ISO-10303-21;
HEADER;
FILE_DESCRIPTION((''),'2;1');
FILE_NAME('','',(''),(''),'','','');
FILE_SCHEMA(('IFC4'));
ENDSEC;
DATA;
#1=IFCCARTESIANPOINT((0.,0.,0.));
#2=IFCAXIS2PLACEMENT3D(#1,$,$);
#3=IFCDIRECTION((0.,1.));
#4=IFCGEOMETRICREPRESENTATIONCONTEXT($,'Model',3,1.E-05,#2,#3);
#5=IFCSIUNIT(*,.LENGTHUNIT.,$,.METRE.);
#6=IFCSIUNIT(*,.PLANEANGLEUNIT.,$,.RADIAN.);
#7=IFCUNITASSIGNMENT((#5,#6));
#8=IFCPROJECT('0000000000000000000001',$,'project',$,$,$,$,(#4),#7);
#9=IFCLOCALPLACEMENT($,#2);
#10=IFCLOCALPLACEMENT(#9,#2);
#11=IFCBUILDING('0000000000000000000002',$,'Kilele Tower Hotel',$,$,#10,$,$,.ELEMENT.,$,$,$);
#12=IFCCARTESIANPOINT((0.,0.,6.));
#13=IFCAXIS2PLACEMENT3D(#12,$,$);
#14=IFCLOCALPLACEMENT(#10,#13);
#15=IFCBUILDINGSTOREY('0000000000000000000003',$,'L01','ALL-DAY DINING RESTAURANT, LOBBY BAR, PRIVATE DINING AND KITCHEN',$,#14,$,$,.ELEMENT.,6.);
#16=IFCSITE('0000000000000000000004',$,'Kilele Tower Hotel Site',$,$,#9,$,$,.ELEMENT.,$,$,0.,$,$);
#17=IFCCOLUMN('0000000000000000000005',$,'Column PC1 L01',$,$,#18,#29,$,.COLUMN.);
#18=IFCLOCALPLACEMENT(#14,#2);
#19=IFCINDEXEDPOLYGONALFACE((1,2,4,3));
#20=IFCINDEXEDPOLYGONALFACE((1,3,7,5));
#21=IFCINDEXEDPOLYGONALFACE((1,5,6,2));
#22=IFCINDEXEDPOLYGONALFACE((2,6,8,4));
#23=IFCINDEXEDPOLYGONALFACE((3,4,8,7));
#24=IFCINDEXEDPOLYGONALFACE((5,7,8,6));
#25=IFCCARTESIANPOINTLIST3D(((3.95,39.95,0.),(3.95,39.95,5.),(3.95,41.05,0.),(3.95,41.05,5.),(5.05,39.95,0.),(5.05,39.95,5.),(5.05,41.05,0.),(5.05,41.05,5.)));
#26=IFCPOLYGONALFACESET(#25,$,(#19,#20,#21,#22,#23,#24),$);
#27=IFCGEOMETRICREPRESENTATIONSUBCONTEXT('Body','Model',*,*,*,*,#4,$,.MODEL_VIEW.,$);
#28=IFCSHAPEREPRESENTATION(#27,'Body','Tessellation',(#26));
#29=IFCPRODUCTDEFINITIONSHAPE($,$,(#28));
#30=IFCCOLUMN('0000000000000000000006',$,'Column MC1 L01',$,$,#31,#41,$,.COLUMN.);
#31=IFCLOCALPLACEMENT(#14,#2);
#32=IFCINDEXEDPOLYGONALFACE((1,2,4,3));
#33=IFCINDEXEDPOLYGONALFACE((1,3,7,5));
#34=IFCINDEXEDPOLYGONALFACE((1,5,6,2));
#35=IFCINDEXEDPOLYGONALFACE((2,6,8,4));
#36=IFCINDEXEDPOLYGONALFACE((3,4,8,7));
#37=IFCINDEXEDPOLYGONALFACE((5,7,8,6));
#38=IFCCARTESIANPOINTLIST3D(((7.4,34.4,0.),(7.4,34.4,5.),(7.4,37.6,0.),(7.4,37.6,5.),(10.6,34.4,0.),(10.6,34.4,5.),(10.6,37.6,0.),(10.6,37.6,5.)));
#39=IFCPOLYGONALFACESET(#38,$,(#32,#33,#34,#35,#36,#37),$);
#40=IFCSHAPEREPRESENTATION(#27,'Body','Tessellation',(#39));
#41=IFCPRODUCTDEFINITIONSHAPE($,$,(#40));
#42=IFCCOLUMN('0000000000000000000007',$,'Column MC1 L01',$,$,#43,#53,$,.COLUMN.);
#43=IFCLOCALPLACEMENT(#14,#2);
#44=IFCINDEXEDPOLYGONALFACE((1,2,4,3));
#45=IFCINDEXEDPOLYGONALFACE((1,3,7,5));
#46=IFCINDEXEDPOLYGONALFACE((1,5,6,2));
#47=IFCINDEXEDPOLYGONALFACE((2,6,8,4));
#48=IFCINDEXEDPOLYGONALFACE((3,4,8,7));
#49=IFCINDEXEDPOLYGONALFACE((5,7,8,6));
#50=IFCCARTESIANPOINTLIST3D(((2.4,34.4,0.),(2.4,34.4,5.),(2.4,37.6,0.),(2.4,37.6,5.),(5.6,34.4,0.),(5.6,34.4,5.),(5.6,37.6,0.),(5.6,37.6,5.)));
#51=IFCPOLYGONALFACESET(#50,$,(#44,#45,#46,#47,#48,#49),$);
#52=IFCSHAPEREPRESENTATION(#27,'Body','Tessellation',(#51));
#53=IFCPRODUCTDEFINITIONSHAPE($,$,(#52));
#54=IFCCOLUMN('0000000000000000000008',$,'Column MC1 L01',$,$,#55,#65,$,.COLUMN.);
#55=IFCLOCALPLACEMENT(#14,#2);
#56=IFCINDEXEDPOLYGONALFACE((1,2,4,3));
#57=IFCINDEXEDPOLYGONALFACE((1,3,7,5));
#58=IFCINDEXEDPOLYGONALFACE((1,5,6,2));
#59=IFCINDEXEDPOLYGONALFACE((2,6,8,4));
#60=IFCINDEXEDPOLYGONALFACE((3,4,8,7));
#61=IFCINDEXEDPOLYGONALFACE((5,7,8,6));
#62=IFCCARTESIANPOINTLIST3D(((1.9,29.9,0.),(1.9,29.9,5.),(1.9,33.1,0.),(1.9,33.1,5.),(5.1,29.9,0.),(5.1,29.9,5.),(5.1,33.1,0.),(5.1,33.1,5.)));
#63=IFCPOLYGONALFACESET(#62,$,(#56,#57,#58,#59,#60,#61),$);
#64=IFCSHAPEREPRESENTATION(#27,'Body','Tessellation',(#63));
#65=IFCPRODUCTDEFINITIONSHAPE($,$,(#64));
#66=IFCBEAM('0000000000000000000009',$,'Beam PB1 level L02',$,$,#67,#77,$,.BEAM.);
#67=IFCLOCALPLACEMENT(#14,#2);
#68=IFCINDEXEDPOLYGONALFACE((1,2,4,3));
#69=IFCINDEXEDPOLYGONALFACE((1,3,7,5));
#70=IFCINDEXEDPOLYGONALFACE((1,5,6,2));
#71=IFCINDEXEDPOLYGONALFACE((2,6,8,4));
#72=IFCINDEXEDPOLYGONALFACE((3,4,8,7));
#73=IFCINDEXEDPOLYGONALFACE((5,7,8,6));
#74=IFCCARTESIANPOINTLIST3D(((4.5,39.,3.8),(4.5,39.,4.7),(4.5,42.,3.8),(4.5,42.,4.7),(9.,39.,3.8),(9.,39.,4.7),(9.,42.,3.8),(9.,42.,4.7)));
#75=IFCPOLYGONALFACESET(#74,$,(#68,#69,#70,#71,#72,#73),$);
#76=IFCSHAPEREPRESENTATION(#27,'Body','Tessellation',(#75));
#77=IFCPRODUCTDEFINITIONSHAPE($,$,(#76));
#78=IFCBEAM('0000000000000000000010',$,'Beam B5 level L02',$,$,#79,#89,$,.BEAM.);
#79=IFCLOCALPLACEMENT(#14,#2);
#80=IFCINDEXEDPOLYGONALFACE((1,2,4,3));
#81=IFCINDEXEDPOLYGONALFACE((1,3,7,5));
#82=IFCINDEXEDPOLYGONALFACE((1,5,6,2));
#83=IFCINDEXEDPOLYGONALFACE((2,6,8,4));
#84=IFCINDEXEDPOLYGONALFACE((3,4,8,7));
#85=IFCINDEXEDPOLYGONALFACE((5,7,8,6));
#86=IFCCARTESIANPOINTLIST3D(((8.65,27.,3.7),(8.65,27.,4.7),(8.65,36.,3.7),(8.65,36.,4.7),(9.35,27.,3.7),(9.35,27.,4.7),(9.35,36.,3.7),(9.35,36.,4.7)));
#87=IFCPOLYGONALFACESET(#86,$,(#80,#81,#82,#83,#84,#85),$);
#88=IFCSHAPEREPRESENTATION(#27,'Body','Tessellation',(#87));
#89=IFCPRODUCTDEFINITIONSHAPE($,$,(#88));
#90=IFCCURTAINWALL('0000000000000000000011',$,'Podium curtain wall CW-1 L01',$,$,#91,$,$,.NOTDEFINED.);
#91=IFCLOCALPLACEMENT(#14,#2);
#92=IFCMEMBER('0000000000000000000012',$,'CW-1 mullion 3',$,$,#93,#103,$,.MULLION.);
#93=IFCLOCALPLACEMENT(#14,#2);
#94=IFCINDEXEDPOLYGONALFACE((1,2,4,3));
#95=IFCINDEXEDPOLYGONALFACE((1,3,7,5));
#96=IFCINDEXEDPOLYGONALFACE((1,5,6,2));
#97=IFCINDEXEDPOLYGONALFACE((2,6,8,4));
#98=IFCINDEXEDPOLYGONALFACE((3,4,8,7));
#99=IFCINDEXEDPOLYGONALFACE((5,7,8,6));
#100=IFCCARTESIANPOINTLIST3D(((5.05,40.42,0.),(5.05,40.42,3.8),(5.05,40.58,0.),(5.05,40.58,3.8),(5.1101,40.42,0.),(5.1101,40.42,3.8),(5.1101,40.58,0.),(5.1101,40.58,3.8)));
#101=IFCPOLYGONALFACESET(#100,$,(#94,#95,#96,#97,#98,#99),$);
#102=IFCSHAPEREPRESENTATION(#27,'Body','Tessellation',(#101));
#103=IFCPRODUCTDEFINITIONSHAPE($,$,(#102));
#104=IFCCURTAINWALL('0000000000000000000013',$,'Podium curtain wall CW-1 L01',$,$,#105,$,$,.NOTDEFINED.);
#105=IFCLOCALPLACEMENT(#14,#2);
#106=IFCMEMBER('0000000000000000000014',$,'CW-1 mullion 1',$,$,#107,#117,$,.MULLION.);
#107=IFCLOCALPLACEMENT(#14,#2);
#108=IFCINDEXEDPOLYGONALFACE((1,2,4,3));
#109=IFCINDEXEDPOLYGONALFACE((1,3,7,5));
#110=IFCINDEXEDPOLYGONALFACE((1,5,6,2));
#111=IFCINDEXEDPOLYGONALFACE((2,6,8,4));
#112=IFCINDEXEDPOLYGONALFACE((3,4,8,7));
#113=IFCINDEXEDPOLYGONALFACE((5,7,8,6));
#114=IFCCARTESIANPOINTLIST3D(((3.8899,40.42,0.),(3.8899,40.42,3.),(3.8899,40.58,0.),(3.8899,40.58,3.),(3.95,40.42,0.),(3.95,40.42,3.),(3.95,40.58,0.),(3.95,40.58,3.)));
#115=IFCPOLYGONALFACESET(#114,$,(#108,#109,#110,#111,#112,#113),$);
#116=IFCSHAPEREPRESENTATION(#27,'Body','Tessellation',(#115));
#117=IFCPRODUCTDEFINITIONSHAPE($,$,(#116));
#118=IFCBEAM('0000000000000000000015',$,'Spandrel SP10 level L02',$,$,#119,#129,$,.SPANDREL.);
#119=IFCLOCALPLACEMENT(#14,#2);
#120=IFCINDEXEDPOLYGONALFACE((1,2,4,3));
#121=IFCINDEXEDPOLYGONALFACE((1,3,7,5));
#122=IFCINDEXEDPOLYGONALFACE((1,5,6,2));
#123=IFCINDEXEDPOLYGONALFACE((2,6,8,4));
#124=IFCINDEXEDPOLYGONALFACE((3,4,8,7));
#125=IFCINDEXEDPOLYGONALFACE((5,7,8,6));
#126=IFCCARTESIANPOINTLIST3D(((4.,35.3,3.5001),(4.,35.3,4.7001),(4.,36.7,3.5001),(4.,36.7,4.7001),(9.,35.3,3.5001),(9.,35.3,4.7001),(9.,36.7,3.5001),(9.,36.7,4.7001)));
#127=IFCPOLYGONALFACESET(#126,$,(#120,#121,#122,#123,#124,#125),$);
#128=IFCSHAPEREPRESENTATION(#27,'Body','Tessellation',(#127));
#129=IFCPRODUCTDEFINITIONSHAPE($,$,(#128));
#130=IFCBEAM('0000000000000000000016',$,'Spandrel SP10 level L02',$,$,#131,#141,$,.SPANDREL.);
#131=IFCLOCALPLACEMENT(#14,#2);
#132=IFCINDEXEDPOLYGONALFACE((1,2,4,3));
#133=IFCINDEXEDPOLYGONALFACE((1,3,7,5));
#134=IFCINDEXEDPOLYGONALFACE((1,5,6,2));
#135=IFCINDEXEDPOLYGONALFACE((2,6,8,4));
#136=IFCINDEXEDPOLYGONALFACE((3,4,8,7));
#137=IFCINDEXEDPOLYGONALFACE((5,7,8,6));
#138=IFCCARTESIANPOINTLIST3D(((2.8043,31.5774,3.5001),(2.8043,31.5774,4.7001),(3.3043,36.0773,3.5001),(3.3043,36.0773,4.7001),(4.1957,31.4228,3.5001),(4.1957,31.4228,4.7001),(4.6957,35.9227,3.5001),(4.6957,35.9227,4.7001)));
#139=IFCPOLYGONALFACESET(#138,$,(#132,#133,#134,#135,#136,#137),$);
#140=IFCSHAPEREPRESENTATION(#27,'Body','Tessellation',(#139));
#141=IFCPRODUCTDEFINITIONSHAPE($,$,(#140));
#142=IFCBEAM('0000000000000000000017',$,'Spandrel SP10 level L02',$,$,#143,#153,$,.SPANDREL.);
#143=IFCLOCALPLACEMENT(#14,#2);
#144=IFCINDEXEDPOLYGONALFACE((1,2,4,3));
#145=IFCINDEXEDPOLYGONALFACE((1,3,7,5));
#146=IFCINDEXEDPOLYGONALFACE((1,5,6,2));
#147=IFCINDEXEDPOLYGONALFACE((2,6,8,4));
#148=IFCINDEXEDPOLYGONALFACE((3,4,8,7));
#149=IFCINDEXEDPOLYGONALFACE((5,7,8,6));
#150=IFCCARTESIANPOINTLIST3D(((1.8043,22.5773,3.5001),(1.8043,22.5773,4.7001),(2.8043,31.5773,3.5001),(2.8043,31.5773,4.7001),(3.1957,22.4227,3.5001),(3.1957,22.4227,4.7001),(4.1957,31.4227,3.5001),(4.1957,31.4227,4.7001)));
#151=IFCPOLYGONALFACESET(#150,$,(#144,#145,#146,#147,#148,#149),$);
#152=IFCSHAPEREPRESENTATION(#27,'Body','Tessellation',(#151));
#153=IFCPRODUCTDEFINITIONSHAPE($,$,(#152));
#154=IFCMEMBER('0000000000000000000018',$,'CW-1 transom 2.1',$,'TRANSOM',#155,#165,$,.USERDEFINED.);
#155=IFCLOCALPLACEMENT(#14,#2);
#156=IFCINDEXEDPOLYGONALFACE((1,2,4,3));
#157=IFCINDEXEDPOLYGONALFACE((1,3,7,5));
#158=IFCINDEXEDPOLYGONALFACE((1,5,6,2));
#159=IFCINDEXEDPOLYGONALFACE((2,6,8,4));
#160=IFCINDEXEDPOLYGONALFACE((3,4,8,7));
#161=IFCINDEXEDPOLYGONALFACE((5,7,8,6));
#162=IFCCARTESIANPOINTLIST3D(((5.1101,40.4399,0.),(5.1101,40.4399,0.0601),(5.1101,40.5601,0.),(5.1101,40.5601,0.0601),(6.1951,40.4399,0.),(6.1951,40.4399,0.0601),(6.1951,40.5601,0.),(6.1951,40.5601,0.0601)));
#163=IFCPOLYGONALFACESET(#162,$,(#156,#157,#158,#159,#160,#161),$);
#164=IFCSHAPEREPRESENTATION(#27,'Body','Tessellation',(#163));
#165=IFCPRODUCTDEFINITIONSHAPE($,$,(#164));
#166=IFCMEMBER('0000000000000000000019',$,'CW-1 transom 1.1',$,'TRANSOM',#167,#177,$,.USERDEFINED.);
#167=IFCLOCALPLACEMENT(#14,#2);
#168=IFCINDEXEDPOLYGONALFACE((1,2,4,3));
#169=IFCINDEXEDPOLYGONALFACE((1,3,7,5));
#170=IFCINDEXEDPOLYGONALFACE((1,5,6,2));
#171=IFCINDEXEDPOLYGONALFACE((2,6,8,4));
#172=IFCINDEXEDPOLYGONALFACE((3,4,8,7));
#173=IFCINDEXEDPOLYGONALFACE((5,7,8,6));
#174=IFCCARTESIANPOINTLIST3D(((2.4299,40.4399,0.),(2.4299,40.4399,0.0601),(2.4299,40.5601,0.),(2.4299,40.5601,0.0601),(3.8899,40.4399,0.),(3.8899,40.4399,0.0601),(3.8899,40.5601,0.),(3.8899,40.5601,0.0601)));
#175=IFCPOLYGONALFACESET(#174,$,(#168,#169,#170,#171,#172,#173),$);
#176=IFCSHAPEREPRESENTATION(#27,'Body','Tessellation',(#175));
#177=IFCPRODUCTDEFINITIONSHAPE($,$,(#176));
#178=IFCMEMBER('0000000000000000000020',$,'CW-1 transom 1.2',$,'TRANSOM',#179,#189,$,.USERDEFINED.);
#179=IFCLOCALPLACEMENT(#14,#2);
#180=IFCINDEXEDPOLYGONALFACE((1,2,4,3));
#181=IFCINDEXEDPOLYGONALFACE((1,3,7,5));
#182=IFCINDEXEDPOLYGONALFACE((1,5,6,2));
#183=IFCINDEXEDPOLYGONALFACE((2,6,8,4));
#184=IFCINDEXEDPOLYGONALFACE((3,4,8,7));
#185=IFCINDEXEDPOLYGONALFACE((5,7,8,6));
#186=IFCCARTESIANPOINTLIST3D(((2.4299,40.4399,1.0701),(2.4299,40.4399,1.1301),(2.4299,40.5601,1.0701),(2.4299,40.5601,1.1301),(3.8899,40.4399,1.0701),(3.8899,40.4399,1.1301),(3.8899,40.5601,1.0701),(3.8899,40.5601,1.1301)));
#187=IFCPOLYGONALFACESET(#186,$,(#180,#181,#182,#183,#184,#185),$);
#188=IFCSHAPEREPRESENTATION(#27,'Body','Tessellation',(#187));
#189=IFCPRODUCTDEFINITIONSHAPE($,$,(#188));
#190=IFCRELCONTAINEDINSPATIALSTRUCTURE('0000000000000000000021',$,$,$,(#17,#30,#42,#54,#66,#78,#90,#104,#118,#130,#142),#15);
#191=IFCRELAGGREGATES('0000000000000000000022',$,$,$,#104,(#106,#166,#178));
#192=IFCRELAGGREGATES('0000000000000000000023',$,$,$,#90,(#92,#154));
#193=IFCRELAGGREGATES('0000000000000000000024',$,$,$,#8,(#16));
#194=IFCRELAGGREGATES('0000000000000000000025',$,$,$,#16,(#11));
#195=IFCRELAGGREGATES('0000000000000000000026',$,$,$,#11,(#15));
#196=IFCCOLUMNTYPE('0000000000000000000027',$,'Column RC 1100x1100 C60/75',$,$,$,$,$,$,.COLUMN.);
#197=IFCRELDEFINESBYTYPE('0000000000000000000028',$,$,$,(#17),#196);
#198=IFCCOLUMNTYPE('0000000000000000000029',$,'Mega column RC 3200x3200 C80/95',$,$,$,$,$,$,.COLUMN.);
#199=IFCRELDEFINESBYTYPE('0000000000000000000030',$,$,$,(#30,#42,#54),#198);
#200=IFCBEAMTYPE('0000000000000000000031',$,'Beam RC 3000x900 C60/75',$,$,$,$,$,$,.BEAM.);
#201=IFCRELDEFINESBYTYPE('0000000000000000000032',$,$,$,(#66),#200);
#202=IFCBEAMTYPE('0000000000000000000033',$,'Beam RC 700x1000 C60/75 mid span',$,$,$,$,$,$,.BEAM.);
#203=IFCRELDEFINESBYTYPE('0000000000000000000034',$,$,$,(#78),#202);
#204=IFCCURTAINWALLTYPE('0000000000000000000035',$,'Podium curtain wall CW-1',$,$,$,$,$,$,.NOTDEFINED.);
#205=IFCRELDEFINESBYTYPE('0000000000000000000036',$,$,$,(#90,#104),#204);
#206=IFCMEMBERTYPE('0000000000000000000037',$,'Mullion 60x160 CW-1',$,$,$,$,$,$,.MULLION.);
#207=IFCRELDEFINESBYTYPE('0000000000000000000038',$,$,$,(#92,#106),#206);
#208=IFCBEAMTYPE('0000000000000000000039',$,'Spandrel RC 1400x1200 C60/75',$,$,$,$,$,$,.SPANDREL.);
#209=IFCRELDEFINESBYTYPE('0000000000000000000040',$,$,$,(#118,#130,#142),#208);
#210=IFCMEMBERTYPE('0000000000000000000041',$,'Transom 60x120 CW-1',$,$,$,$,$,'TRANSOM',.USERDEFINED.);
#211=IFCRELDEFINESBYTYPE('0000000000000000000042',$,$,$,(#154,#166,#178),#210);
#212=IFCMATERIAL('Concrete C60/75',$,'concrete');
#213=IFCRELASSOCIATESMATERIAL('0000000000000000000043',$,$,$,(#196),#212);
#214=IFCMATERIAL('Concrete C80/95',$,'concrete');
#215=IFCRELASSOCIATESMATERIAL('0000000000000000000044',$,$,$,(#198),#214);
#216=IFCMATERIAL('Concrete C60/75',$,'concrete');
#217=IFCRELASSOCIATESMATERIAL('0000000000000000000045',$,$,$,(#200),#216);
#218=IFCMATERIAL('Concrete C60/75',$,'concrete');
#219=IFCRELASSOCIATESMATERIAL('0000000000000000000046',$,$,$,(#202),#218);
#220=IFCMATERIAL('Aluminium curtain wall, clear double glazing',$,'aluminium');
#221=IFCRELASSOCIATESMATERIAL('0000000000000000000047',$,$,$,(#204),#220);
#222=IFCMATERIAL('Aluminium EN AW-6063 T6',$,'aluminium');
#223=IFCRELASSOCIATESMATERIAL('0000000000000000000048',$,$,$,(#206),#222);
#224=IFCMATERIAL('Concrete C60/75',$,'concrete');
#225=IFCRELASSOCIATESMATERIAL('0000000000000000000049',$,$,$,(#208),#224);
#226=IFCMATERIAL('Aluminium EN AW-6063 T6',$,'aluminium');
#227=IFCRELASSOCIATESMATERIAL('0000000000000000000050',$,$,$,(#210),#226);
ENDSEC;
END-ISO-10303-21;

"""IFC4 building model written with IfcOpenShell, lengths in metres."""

from ifc_helpers import new_model, si_unit, direction, frame, origin, origin_2d, place, context, subcontext, project, spatial, rectangle, extrude, material, material_profile, profile_set, type_object, element, aggregate, save


model = new_model("IFC4")

# Units and contexts
model_context = context("Model", 3, precision=1e-05, world=origin(), true_north=direction((0.0, 1.0)))
body_context = subcontext(model_context, "Body", "Model", "MODEL_VIEW")
ifc_project = project(units=[si_unit("LENGTHUNIT", "METRE"), si_unit("PLANEANGLEUNIT", "RADIAN")], contexts=[model_context])

# Site, building, storey
site_placement = place(None, origin())
site = spatial("IfcSite", under=ifc_project, at=site_placement, Name="Kilele Tower Hotel Site", CompositionType="ELEMENT", RefElevation=0.0)
building_placement = place(site_placement, origin())
building = spatial("IfcBuilding", under=site, at=building_placement, Name="Kilele Tower Hotel", CompositionType="ELEMENT")
storey_placement = place(building_placement, frame((0.0, 0.0, 6.0)))
storey = spatial("IfcBuildingStorey", under=building, at=storey_placement, Name="L01", Description="ALL-DAY DINING RESTAURANT, LOBBY BAR, PRIVATE DINING AND KITCHEN", CompositionType="ELEMENT", Elevation=6.0)

# Columns
ifc_material_1 = material(Name="Concrete C60/75", Category="concrete")
ifc_material_profile_1 = material_profile(ifc_material_1, rectangle(XDim=1.1001, YDim=1.1001, at=origin_2d()))
ifc_profile_set_1 = profile_set([ifc_material_profile_1], Name="Concrete C60/75")
column_type_1 = type_object("IfcColumnType", Name="Column RC 1100x1100 C60/75", PredefinedType="COLUMN", material=ifc_profile_set_1)
column_placement = place(storey_placement, frame((4.5, 40.5, 0.0), z_axis=(0.0, 0.0, 1.0), x_axis=(1.0, 0.0, 0.0)))
element("IfcColumn", 1, at=column_placement, inside=storey, type_object=column_type_1, Name="Column PC1 L01", PredefinedType="COLUMN", context=body_context, shape_type="SweptSolid", body=[
    extrude(rectangle(XDim=1.1001, YDim=1.1001, at=origin_2d()), origin(), (0.0, 0.0, 1.0), 5.0),
])
ifc_material_2 = material(Name="Concrete C80/95", Category="concrete")
ifc_material_profile_2 = material_profile(ifc_material_2, rectangle(XDim=3.2, YDim=3.2, at=origin_2d()))
ifc_profile_set_2 = profile_set([ifc_material_profile_2], Name="Concrete C80/95")
column_type_2 = type_object("IfcColumnType", Name="Mega column RC 3200x3200 C80/95", PredefinedType="COLUMN", material=ifc_profile_set_2)
for number, where, z_axis, x_axis, name in (
    (2, (9.0, 36.0, 0.0), (0.0, 0.0, 1.0), (1.0, 0.0, 0.0), "Column MC1 L01"),
    (3, (4.0, 36.0, 0.0), (0.0, 0.0, 1.0), (1.0, 0.0, 0.0), "Column MC1 L01"),
    (4, (3.5, 31.5, 0.0), (0.0, 0.0, 1.0), (1.0, 0.0, 0.0), "Column MC1 L01"),
):
    element("IfcColumn", number, at=place(storey_placement, frame(where, z_axis=z_axis, x_axis=x_axis)), inside=storey, type_object=column_type_2, Name=name, PredefinedType="COLUMN", context=body_context, shape_type="SweptSolid", body=[
        extrude(rectangle(XDim=3.2, YDim=3.2, at=origin_2d()), origin(), (0.0, 0.0, 1.0), 5.0),
    ])

# Beams
ifc_material_3 = material(Name="Concrete C60/75", Category="concrete")
ifc_material_profile_3 = material_profile(ifc_material_3, rectangle(XDim=3.0, YDim=0.8999, at=origin_2d()))
ifc_profile_set_3 = profile_set([ifc_material_profile_3], Name="Concrete C60/75")
beam_type_1 = type_object("IfcBeamType", Name="Beam RC 3000x900 C60/75", PredefinedType="BEAM", material=ifc_profile_set_3)
beam_1_placement = place(storey_placement, frame((4.5, 40.5, 4.25), z_axis=(1.0, 0.0, 0.0), x_axis=(0.0, 1.0, 0.0)))
element("IfcBeam", 5, at=beam_1_placement, inside=storey, type_object=beam_type_1, Name="Beam PB1 level L02", PredefinedType="BEAM", context=body_context, shape_type="SweptSolid", body=[
    extrude(rectangle(XDim=3.0, YDim=0.8999, at=origin_2d()), origin(), (0.0, 0.0, 1.0), 4.5),
])
ifc_material_4 = material(Name="Concrete C60/75", Category="concrete")
ifc_material_profile_4 = material_profile(ifc_material_4, rectangle(XDim=0.7, YDim=1.0, at=origin_2d()))
ifc_profile_set_4 = profile_set([ifc_material_profile_4], Name="Concrete C60/75")
beam_type_2 = type_object("IfcBeamType", Name="Beam RC 700x1000 C60/75 mid span", PredefinedType="BEAM", material=ifc_profile_set_4)
beam_2_placement = place(storey_placement, frame((9.0, 36.0, 4.2), z_axis=(0.0, -1.0, 0.0), x_axis=(1.0, 0.0, 0.0)))
element("IfcBeam", 6, at=beam_2_placement, inside=storey, type_object=beam_type_2, Name="Beam B5 level L02", PredefinedType="BEAM", context=body_context, shape_type="SweptSolid", body=[
    extrude(rectangle(XDim=0.7, YDim=1.0, at=origin_2d()), origin(), (0.0, 0.0, 1.0), 9.0),
])

# Curtain walls, members
ifc_material_5 = material(Name="Aluminium curtain wall, clear double glazing", Category="aluminium")
curtain_wall_type = type_object("IfcCurtainWallType", Name="Podium curtain wall CW-1", PredefinedType="NOTDEFINED", material=ifc_material_5)
curtain_wall_1_placement = place(storey_placement, origin())
curtain_wall_1 = element("IfcCurtainWall", 7, at=curtain_wall_1_placement, inside=storey, type_object=curtain_wall_type, Name="Podium curtain wall CW-1 L01", PredefinedType="NOTDEFINED")
ifc_material_6 = material(Name="Aluminium EN AW-6063 T6", Category="aluminium")
ifc_material_profile_5 = material_profile(ifc_material_6, rectangle(XDim=0.1599, YDim=0.0601, at=origin_2d()))
ifc_profile_set_5 = profile_set([ifc_material_profile_5], Name="Aluminium EN AW-6063 T6")
member_type_1 = type_object("IfcMemberType", Name="Mullion 60x160 CW-1", PredefinedType="MULLION", material=ifc_profile_set_5)
member_1_placement = place(storey_placement, frame((5.0801, 40.5, 0.0), z_axis=(0.0, 0.0, 1.0), x_axis=(0.0, -1.0, 0.0)))
member_1 = element("IfcMember", 8, at=member_1_placement, type_object=member_type_1, Name="CW-1 mullion 3", PredefinedType="MULLION", context=body_context, shape_type="SweptSolid", body=[
    extrude(rectangle(XDim=0.1599, YDim=0.0601, at=origin_2d()), origin(), (0.0, 0.0, 1.0), 3.8),
])
curtain_wall_2_placement = place(storey_placement, origin())
curtain_wall_2 = element("IfcCurtainWall", 9, at=curtain_wall_2_placement, inside=storey, type_object=curtain_wall_type, Name="Podium curtain wall CW-1 L01", PredefinedType="NOTDEFINED")
member_2_placement = place(storey_placement, frame((3.9199, 40.5, 0.0), z_axis=(0.0, 0.0, 1.0), x_axis=(0.0, -1.0, 0.0)))
member_2 = element("IfcMember", 10, at=member_2_placement, type_object=member_type_1, Name="CW-1 mullion 1", PredefinedType="MULLION", context=body_context, shape_type="SweptSolid", body=[
    extrude(rectangle(XDim=0.1599, YDim=0.0601, at=origin_2d()), origin(), (0.0, 0.0, 1.0), 3.0),
])

# Beams
ifc_material_7 = material(Name="Concrete C60/75", Category="concrete")
ifc_material_profile_6 = material_profile(ifc_material_7, rectangle(XDim=1.3999, YDim=1.2, at=origin_2d()))
ifc_profile_set_6 = profile_set([ifc_material_profile_6], Name="Concrete C60/75")
beam_type_3 = type_object("IfcBeamType", Name="Spandrel RC 1400x1200 C60/75", PredefinedType="SPANDREL", material=ifc_profile_set_6)
beam_3_placement = place(storey_placement, frame((9.0, 36.0, 4.1001), z_axis=(-1.0, 0.0, 0.0), x_axis=(0.0, -1.0, 0.0)))
element("IfcBeam", 11, at=beam_3_placement, inside=storey, type_object=beam_type_3, Name="Spandrel SP10 level L02", PredefinedType="SPANDREL", context=body_context, shape_type="SweptSolid", body=[
    extrude(rectangle(XDim=1.3999, YDim=1.2, at=origin_2d()), origin(), (0.0, 0.0, 1.0), 5.0),
])
beam_4_placement = place(storey_placement, frame((4.0, 36.0, 4.1001), z_axis=(-0.110432, -0.993884, 0.0), x_axis=(0.993884, -0.110432, 0.0)))
element("IfcBeam", 12, at=beam_4_placement, inside=storey, type_object=beam_type_3, Name="Spandrel SP10 level L02", PredefinedType="SPANDREL", context=body_context, shape_type="SweptSolid", body=[
    extrude(rectangle(XDim=1.3999, YDim=1.2, at=origin_2d()), origin(), (0.0, 0.0, 1.0), 4.5276),
])
beam_5_placement = place(storey_placement, frame((3.5, 31.5, 4.1001), z_axis=(-0.110432, -0.993884, 0.0), x_axis=(0.993884, -0.110432, 0.0)))
element("IfcBeam", 13, at=beam_5_placement, inside=storey, type_object=beam_type_3, Name="Spandrel SP10 level L02", PredefinedType="SPANDREL", context=body_context, shape_type="SweptSolid", body=[
    extrude(rectangle(XDim=1.3999, YDim=1.2, at=origin_2d()), origin(), (0.0, 0.0, 1.0), 9.0554),
])

# Members
ifc_material_8 = material(Name="Aluminium EN AW-6063 T6", Category="aluminium")
ifc_material_profile_7 = material_profile(ifc_material_8, rectangle(XDim=0.1201, YDim=0.0601, at=origin_2d()))
ifc_profile_set_7 = profile_set([ifc_material_profile_7], Name="Aluminium EN AW-6063 T6")
member_type_2 = type_object("IfcMemberType", Name="Transom 60x120 CW-1", ElementType="TRANSOM", PredefinedType="USERDEFINED", material=ifc_profile_set_7)
member_3_placement = place(storey_placement, frame((6.1951, 40.5, 0.03), z_axis=(-1.0, 0.0, 0.0), x_axis=(0.0, -1.0, 0.0)))
member_3 = element("IfcMember", 14, at=member_3_placement, type_object=member_type_2, Name="CW-1 transom 2.1", ObjectType="TRANSOM", PredefinedType="USERDEFINED", context=body_context, shape_type="SweptSolid", body=[
    extrude(rectangle(XDim=0.1201, YDim=0.0601, at=origin_2d()), origin(), (0.0, 0.0, 1.0), 1.085),
])
member_4_placement = place(storey_placement, frame((3.8899, 40.5, 0.03), z_axis=(-1.0, 0.0, 0.0), x_axis=(0.0, -1.0, 0.0)))
member_4 = element("IfcMember", 15, at=member_4_placement, type_object=member_type_2, Name="CW-1 transom 1.1", ObjectType="TRANSOM", PredefinedType="USERDEFINED", context=body_context, shape_type="SweptSolid", body=[
    extrude(rectangle(XDim=0.1201, YDim=0.0601, at=origin_2d()), origin(), (0.0, 0.0, 1.0), 1.46),
])
member_5_placement = place(storey_placement, frame((3.8899, 40.5, 1.1001), z_axis=(-1.0, 0.0, 0.0), x_axis=(0.0, -1.0, 0.0)))
member_5 = element("IfcMember", 16, at=member_5_placement, type_object=member_type_2, Name="CW-1 transom 1.2", ObjectType="TRANSOM", PredefinedType="USERDEFINED", context=body_context, shape_type="SweptSolid", body=[
    extrude(rectangle(XDim=0.1201, YDim=0.0601, at=origin_2d()), origin(), (0.0, 0.0, 1.0), 1.46),
])
aggregate(curtain_wall_2, [member_2, member_4, member_5])

aggregate(curtain_wall_1, [member_1, member_3])

save(model, "model.ifc")
